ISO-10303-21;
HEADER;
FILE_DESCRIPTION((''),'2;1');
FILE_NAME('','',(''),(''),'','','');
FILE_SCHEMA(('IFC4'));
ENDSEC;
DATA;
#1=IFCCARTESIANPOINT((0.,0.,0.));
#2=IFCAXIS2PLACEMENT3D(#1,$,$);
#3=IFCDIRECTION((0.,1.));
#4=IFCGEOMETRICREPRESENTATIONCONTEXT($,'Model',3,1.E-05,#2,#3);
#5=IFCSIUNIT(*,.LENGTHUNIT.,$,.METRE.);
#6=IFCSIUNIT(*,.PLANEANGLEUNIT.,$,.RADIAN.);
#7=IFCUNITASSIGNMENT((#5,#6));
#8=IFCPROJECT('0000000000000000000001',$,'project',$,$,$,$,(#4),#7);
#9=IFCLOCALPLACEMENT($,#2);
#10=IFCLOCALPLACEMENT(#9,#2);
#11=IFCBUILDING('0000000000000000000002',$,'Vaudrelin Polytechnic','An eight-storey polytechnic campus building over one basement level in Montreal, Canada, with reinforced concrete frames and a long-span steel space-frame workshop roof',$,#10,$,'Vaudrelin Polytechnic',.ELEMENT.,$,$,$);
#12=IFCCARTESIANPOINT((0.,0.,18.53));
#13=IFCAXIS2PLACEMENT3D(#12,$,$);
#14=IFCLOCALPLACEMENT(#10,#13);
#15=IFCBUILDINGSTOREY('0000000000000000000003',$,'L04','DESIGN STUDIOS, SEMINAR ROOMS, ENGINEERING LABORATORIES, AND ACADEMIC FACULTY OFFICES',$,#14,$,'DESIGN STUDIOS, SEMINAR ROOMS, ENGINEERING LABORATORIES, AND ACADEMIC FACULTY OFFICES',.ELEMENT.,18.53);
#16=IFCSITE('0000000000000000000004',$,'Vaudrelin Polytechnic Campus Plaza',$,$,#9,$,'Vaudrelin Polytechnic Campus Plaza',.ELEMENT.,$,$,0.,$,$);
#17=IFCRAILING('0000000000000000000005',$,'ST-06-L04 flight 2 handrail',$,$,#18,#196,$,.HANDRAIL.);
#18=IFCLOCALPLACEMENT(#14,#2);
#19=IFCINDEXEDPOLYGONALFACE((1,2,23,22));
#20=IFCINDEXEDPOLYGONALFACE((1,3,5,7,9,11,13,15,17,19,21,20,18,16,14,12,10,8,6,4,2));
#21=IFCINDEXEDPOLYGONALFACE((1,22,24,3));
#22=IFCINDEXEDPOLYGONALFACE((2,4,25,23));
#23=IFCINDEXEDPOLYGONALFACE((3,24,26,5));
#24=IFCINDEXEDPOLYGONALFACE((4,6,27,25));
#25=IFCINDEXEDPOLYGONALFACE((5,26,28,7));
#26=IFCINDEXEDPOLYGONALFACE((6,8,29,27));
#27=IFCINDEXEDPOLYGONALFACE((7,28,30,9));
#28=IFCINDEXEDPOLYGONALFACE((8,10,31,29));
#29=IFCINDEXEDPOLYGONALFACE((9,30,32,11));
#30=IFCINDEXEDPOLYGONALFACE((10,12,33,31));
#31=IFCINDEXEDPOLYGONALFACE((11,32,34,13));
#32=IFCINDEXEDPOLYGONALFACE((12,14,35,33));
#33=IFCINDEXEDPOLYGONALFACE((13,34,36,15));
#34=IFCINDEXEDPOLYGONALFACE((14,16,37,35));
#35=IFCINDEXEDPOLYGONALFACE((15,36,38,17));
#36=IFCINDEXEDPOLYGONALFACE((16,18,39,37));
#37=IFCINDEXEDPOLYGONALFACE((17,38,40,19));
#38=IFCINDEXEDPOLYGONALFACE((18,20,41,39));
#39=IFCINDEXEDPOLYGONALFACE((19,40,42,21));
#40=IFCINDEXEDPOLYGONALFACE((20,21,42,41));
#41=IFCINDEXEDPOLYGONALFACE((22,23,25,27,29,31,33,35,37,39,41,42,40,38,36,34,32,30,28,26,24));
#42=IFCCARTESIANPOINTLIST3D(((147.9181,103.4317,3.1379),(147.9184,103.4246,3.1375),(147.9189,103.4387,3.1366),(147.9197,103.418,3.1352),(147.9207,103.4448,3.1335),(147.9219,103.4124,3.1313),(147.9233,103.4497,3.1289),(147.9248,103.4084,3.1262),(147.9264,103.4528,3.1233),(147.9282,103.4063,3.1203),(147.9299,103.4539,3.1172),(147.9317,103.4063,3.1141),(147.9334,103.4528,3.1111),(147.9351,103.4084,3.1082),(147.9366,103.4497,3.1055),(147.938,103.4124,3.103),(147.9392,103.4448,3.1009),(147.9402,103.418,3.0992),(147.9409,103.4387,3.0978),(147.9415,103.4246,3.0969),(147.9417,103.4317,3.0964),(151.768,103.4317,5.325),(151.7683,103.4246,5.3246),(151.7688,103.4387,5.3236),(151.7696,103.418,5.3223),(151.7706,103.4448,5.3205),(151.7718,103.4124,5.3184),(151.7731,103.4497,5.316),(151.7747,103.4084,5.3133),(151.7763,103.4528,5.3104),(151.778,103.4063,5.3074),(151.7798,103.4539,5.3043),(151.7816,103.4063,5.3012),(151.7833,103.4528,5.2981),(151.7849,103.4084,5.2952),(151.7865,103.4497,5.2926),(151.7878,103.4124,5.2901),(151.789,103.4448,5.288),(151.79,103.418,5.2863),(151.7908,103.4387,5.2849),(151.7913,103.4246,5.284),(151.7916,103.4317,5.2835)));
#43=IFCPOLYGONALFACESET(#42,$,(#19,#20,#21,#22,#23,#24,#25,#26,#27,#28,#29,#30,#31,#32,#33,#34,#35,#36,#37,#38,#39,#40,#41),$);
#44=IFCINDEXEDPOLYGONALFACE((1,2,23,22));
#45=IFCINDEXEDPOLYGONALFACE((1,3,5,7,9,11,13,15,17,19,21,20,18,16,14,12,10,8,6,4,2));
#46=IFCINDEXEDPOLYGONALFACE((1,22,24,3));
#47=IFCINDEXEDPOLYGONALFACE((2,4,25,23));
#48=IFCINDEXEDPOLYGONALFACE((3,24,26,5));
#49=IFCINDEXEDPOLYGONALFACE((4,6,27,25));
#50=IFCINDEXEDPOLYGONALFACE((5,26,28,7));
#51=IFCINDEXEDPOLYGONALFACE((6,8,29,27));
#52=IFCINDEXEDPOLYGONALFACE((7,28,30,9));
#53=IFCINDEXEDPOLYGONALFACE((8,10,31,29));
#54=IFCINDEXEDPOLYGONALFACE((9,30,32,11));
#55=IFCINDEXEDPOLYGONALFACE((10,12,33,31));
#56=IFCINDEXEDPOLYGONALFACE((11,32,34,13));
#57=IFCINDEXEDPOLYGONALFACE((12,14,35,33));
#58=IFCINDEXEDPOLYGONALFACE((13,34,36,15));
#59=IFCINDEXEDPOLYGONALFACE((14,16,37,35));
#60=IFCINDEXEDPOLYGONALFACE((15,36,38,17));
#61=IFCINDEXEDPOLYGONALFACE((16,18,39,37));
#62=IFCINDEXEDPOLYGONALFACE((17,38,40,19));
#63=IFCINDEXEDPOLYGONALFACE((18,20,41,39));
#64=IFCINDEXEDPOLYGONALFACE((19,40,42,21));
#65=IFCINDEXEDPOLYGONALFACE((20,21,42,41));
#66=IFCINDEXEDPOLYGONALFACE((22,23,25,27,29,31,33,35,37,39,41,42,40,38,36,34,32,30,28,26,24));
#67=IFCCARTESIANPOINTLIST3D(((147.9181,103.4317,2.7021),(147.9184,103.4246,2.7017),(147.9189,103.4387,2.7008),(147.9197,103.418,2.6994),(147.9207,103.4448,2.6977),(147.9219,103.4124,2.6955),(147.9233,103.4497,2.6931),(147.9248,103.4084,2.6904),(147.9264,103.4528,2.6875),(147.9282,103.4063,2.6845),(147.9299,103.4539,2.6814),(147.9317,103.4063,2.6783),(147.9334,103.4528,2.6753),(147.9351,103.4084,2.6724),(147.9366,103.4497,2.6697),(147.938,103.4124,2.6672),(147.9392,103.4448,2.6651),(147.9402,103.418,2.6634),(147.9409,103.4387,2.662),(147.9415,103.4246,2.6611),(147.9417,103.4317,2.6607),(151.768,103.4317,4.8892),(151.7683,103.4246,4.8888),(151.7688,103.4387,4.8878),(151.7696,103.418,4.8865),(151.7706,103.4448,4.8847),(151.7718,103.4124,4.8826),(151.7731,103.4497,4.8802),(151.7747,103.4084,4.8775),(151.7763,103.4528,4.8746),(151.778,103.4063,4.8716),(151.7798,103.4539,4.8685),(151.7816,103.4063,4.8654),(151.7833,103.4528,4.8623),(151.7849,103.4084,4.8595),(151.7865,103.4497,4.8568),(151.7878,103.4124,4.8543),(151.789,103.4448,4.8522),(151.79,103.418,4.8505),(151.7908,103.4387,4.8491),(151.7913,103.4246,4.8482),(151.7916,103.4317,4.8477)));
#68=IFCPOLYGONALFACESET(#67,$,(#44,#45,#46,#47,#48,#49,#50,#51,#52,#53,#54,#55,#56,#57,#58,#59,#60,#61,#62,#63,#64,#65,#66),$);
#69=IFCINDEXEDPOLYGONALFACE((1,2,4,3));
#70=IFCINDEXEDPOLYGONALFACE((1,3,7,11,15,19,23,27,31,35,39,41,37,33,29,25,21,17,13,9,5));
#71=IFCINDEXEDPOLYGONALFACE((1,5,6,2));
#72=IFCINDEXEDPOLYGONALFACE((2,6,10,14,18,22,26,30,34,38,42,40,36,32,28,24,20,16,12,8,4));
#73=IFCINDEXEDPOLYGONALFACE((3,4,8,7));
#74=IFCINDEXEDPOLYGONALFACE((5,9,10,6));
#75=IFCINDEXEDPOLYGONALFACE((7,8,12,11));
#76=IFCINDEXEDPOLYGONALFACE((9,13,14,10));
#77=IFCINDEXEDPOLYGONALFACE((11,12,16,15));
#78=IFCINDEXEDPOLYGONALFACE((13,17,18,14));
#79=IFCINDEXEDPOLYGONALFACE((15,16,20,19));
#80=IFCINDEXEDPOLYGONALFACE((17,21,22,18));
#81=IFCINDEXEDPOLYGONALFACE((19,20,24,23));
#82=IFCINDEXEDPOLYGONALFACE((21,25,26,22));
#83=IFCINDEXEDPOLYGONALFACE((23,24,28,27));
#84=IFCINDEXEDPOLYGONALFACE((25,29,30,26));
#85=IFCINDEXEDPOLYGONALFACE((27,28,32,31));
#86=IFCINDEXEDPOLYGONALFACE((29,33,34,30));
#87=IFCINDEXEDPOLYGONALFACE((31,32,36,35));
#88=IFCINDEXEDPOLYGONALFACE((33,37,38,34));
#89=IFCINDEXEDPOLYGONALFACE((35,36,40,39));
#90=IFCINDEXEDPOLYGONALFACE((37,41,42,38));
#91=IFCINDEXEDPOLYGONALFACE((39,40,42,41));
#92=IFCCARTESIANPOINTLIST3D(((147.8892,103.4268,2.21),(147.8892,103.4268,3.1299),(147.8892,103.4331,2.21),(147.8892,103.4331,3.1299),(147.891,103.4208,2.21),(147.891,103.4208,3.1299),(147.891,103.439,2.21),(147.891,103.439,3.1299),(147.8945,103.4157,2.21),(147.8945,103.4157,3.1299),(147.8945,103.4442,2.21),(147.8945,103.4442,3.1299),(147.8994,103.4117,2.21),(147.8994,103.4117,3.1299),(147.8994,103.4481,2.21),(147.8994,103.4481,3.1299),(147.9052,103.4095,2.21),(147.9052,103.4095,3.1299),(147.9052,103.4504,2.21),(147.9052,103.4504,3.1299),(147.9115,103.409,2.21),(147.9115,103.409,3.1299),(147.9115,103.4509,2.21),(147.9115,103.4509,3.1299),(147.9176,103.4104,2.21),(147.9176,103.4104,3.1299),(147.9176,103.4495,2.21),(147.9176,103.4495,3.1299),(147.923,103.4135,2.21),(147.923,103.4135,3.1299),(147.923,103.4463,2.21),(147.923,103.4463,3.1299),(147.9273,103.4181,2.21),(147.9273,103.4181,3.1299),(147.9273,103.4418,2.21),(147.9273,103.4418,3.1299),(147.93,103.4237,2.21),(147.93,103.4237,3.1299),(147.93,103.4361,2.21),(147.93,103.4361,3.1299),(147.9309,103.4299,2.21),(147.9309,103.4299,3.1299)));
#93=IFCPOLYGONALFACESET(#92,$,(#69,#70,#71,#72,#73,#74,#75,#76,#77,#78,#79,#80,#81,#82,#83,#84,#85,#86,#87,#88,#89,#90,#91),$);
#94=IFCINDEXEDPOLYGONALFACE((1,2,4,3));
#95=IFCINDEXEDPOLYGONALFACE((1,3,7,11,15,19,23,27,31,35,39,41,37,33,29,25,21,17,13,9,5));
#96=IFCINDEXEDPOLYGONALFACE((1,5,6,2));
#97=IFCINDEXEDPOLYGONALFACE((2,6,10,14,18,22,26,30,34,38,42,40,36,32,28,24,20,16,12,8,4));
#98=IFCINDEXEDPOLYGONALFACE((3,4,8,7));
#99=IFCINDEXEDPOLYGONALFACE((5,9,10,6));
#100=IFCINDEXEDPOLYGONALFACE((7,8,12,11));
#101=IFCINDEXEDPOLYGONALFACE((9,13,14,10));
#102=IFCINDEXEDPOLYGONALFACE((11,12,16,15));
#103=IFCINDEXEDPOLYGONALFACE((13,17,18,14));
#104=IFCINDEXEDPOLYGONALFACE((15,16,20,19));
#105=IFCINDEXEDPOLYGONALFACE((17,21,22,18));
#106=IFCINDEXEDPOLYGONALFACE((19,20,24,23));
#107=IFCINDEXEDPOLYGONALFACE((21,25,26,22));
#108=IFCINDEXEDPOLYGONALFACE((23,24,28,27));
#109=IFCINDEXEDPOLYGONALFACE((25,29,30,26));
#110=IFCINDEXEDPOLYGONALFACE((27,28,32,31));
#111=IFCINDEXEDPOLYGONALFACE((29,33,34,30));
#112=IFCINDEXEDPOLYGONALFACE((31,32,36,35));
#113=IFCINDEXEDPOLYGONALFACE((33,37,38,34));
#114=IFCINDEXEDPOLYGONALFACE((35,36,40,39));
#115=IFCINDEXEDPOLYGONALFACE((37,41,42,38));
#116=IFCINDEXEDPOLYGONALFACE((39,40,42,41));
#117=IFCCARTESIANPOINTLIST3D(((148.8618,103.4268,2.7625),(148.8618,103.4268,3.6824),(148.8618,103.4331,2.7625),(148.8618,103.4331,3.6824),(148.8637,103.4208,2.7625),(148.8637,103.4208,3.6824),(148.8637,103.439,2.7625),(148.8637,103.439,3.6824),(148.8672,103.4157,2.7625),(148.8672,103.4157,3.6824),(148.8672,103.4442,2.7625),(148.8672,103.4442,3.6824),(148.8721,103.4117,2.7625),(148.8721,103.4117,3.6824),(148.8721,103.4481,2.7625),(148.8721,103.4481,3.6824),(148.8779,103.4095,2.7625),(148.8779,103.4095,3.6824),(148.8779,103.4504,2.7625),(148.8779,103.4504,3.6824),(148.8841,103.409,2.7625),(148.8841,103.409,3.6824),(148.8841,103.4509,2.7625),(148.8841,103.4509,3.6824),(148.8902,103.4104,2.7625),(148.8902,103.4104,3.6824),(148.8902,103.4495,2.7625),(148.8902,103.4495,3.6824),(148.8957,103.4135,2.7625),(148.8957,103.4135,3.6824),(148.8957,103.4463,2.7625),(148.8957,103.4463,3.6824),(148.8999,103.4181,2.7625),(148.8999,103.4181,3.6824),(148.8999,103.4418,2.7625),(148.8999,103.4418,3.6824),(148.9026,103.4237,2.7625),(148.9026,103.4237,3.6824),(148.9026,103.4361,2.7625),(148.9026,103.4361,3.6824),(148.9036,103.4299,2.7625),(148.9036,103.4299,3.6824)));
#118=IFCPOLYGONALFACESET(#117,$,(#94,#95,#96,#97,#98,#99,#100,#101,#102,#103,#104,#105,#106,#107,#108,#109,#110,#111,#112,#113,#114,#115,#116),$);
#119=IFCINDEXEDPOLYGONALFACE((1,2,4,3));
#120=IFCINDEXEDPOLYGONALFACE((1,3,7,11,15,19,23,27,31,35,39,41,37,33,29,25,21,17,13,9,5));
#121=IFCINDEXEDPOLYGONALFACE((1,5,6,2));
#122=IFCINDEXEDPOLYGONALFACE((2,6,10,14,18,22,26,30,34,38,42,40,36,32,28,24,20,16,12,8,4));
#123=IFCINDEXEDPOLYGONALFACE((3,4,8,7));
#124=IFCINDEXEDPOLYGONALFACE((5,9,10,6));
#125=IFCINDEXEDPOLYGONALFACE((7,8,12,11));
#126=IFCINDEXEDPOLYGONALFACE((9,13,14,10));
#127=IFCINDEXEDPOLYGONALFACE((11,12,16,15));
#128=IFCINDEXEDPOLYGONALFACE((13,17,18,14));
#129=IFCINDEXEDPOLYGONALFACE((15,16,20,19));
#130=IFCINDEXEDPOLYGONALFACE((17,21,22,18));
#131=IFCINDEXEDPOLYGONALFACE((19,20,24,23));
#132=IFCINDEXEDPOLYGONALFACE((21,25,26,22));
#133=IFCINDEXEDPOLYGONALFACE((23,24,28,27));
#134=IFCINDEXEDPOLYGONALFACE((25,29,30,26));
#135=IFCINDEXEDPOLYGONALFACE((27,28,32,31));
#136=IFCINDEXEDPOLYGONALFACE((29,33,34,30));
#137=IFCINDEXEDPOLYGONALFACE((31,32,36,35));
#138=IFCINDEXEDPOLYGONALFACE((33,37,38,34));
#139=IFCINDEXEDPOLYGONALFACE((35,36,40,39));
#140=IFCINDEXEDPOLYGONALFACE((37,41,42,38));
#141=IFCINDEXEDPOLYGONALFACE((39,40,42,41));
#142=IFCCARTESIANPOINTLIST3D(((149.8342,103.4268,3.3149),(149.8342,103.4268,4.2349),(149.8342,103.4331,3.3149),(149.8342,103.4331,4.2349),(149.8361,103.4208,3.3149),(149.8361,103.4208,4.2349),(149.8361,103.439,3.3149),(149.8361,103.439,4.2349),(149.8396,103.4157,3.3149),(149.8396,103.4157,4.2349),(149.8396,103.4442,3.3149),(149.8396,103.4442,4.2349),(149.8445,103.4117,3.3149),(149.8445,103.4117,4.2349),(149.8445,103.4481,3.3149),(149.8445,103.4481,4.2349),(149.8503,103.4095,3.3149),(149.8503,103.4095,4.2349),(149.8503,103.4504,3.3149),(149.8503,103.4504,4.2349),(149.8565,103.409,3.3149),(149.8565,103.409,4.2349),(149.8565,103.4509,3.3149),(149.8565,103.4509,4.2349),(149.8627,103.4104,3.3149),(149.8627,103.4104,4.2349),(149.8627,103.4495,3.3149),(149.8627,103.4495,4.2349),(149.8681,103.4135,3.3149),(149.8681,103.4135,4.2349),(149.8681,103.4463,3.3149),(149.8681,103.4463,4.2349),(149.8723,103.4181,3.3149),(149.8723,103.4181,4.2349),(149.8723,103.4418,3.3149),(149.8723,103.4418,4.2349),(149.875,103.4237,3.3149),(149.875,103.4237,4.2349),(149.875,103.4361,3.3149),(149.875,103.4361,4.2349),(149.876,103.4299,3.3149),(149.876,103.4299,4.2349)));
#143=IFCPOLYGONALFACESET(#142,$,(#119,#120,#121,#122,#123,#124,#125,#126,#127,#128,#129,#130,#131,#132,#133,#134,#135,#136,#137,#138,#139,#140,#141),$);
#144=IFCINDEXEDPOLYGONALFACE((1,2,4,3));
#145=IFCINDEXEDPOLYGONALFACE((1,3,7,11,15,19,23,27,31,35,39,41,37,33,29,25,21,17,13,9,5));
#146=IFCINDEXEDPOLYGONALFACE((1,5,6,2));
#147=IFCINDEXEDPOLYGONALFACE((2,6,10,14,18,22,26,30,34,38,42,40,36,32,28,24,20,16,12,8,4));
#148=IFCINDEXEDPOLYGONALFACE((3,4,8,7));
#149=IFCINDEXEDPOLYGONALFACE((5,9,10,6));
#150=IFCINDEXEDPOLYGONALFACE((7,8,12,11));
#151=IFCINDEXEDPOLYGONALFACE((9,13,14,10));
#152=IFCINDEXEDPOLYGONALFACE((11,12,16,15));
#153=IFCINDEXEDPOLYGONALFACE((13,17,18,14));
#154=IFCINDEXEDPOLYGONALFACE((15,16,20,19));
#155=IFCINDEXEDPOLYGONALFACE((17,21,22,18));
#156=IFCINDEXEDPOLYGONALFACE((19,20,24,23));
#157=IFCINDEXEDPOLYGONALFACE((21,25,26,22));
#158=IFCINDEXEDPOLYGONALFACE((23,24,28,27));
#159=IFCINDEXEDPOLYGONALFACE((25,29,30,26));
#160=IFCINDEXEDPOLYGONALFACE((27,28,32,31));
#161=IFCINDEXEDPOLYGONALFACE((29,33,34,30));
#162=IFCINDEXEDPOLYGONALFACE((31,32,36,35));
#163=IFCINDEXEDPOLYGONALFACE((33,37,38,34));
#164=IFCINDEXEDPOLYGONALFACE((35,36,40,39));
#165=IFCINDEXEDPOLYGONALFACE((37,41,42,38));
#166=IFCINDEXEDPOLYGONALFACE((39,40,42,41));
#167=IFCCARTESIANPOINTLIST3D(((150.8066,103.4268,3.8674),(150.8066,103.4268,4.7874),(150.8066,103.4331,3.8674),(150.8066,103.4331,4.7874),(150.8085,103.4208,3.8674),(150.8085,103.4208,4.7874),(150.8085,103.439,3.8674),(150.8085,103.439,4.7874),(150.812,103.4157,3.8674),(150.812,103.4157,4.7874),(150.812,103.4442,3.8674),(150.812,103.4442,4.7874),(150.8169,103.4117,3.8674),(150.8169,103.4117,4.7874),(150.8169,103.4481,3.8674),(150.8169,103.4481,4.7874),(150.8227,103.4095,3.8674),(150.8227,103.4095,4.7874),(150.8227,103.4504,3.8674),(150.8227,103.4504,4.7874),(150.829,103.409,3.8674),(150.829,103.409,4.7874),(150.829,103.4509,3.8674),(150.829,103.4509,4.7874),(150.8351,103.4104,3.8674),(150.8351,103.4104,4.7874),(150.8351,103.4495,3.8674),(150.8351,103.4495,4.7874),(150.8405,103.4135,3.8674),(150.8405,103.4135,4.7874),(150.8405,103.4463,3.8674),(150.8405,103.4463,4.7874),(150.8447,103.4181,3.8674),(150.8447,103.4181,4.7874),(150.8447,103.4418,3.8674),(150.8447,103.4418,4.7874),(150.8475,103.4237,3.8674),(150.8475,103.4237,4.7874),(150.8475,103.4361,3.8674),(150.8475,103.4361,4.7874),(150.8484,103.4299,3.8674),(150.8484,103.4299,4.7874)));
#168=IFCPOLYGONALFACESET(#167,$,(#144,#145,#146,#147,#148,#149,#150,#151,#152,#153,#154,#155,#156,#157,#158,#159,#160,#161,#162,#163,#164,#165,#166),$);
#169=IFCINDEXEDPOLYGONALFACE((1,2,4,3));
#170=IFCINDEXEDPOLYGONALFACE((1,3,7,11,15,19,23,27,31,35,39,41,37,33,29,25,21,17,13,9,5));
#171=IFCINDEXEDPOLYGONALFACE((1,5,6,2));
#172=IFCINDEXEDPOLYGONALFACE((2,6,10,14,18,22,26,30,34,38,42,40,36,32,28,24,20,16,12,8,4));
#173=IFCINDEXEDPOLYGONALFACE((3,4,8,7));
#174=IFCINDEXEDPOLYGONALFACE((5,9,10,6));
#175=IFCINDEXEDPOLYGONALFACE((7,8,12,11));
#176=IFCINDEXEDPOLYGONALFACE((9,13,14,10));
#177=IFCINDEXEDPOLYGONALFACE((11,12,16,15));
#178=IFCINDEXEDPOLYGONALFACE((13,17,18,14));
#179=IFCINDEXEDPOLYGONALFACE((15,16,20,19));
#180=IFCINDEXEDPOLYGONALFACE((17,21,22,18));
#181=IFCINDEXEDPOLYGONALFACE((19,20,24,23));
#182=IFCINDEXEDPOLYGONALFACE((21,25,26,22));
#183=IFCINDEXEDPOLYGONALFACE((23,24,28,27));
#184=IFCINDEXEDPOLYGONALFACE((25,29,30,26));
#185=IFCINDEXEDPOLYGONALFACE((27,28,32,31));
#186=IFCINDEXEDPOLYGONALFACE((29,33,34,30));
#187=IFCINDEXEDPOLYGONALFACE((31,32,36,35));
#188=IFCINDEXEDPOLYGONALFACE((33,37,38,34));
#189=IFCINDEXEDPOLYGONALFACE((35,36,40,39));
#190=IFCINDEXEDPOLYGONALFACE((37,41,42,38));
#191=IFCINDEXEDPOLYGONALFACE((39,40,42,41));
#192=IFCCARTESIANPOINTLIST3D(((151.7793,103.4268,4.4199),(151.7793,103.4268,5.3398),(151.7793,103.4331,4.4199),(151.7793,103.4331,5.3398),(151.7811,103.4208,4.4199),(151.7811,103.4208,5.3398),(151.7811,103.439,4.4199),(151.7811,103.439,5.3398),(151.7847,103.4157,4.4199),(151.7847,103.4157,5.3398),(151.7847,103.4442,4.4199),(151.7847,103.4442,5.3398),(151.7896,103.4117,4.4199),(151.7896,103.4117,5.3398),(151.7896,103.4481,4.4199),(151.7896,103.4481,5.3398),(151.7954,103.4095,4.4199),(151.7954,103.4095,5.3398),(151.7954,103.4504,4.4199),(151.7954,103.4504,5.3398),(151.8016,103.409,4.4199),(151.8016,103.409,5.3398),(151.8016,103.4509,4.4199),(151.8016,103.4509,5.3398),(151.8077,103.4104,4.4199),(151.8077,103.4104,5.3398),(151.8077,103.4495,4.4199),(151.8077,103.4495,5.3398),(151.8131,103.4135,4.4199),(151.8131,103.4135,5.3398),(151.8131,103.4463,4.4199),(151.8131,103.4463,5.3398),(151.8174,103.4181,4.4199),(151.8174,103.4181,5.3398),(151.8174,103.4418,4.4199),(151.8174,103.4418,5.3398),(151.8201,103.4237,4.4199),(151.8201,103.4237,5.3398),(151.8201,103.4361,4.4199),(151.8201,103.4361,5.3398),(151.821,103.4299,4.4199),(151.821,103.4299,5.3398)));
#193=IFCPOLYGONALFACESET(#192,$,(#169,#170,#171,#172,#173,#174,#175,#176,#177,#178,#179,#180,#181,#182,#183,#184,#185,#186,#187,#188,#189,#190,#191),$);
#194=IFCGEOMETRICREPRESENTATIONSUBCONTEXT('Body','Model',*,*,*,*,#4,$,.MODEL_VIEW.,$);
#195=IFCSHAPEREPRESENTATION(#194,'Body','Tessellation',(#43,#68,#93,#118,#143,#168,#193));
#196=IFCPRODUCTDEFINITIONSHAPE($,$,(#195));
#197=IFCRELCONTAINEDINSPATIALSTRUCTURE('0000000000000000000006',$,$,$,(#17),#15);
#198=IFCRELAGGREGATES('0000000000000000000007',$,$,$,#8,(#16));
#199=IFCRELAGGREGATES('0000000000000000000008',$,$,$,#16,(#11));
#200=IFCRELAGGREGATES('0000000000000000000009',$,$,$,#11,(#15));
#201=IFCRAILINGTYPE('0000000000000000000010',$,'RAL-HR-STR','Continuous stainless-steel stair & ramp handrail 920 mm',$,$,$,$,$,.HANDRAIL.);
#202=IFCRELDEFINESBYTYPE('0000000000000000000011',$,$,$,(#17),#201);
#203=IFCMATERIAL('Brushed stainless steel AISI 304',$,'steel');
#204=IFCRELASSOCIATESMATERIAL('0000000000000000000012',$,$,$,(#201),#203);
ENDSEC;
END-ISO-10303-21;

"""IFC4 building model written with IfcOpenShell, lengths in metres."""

from ifc_helpers import new_model, si_unit, direction, frame, origin, origin_2d, place, context, subcontext, project, spatial, circle, extrude, material, type_object, element, save


model = new_model("IFC4")

# Units and contexts
model_context = context("Model", 3, precision=1e-05, world=origin(), true_north=direction((0.0, 1.0)))
body_context = subcontext(model_context, "Body", "Model", "MODEL_VIEW")
ifc_project = project(units=[si_unit("LENGTHUNIT", "METRE"), si_unit("PLANEANGLEUNIT", "RADIAN")], contexts=[model_context])

# Site, building, storey
site_placement = place(None, origin())
site = spatial("IfcSite", under=ifc_project, at=site_placement, Name="Vaudrelin Polytechnic Campus Plaza", LongName="Vaudrelin Polytechnic Campus Plaza", CompositionType="ELEMENT", RefElevation=0.0)
building_placement = place(site_placement, origin())
building = spatial("IfcBuilding", under=site, at=building_placement, Name="Vaudrelin Polytechnic", Description="An eight-storey polytechnic campus building over one basement level in Montreal, Canada, with reinforced concrete frames and a long-span steel space-frame workshop roof", LongName="Vaudrelin Polytechnic", CompositionType="ELEMENT")
storey_placement = place(building_placement, frame((0.0, 0.0, 18.53)))
storey = spatial("IfcBuildingStorey", under=building, at=storey_placement, Name="L04", Description="DESIGN STUDIOS, SEMINAR ROOMS, ENGINEERING LABORATORIES, AND ACADEMIC FACULTY OFFICES", LongName="DESIGN STUDIOS, SEMINAR ROOMS, ENGINEERING LABORATORIES, AND ACADEMIC FACULTY OFFICES", CompositionType="ELEMENT", Elevation=18.53)

# Shared definitions
ifc_material_1 = material(Name="Brushed stainless steel AISI 304", Category="steel")

# Railing
railing_type_1 = type_object("IfcRailingType", Name="RAL-HR-STR", Description="Continuous stainless-steel stair & ramp handrail 920 mm", PredefinedType="HANDRAIL", material=ifc_material_1)
railing_1_placement = place(storey_placement, frame((147.9099, 103.4299, 2.21)))
element("IfcRailing", 1, at=railing_1_placement, inside=storey, type_object=railing_type_1, Name="ST-06-L04 flight 2 handrail", PredefinedType="HANDRAIL", context=body_context, shape_type="SweptSolid", body=[
    extrude(circle(Radius=0.0239, at=origin_2d()), frame((0.02, 0.0, 0.9072), z_axis=(0.86949, 0.0, 0.493951), x_axis=(0.0, 1.0, 0.0)), (0.0, 0.0, 1.0), 4.4277),
    extrude(circle(Radius=0.0239, at=origin_2d()), frame((0.02, 0.0, 0.4714), z_axis=(0.86949, 0.0, 0.493951), x_axis=(0.0, 1.0, 0.0)), (0.0, 0.0, 1.0), 4.4277),
    extrude(circle(Radius=0.021, at=origin_2d()), origin(), (0.0, 0.0, 1.0), 0.9199),
    extrude(circle(Radius=0.021, at=origin_2d()), frame((0.9727, 0.0, 0.5525)), (0.0, 0.0, 1.0), 0.9199),
    extrude(circle(Radius=0.021, at=origin_2d()), frame((1.9451, 0.0, 1.105)), (0.0, 0.0, 1.0), 0.9199),
    extrude(circle(Radius=0.021, at=origin_2d()), frame((2.9175, 0.0, 1.6575)), (0.0, 0.0, 1.0), 0.9199),
    extrude(circle(Radius=0.021, at=origin_2d()), frame((3.8901, 0.0, 2.21)), (0.0, 0.0, 1.0), 0.9199),
])

save(model, "model.ifc")
